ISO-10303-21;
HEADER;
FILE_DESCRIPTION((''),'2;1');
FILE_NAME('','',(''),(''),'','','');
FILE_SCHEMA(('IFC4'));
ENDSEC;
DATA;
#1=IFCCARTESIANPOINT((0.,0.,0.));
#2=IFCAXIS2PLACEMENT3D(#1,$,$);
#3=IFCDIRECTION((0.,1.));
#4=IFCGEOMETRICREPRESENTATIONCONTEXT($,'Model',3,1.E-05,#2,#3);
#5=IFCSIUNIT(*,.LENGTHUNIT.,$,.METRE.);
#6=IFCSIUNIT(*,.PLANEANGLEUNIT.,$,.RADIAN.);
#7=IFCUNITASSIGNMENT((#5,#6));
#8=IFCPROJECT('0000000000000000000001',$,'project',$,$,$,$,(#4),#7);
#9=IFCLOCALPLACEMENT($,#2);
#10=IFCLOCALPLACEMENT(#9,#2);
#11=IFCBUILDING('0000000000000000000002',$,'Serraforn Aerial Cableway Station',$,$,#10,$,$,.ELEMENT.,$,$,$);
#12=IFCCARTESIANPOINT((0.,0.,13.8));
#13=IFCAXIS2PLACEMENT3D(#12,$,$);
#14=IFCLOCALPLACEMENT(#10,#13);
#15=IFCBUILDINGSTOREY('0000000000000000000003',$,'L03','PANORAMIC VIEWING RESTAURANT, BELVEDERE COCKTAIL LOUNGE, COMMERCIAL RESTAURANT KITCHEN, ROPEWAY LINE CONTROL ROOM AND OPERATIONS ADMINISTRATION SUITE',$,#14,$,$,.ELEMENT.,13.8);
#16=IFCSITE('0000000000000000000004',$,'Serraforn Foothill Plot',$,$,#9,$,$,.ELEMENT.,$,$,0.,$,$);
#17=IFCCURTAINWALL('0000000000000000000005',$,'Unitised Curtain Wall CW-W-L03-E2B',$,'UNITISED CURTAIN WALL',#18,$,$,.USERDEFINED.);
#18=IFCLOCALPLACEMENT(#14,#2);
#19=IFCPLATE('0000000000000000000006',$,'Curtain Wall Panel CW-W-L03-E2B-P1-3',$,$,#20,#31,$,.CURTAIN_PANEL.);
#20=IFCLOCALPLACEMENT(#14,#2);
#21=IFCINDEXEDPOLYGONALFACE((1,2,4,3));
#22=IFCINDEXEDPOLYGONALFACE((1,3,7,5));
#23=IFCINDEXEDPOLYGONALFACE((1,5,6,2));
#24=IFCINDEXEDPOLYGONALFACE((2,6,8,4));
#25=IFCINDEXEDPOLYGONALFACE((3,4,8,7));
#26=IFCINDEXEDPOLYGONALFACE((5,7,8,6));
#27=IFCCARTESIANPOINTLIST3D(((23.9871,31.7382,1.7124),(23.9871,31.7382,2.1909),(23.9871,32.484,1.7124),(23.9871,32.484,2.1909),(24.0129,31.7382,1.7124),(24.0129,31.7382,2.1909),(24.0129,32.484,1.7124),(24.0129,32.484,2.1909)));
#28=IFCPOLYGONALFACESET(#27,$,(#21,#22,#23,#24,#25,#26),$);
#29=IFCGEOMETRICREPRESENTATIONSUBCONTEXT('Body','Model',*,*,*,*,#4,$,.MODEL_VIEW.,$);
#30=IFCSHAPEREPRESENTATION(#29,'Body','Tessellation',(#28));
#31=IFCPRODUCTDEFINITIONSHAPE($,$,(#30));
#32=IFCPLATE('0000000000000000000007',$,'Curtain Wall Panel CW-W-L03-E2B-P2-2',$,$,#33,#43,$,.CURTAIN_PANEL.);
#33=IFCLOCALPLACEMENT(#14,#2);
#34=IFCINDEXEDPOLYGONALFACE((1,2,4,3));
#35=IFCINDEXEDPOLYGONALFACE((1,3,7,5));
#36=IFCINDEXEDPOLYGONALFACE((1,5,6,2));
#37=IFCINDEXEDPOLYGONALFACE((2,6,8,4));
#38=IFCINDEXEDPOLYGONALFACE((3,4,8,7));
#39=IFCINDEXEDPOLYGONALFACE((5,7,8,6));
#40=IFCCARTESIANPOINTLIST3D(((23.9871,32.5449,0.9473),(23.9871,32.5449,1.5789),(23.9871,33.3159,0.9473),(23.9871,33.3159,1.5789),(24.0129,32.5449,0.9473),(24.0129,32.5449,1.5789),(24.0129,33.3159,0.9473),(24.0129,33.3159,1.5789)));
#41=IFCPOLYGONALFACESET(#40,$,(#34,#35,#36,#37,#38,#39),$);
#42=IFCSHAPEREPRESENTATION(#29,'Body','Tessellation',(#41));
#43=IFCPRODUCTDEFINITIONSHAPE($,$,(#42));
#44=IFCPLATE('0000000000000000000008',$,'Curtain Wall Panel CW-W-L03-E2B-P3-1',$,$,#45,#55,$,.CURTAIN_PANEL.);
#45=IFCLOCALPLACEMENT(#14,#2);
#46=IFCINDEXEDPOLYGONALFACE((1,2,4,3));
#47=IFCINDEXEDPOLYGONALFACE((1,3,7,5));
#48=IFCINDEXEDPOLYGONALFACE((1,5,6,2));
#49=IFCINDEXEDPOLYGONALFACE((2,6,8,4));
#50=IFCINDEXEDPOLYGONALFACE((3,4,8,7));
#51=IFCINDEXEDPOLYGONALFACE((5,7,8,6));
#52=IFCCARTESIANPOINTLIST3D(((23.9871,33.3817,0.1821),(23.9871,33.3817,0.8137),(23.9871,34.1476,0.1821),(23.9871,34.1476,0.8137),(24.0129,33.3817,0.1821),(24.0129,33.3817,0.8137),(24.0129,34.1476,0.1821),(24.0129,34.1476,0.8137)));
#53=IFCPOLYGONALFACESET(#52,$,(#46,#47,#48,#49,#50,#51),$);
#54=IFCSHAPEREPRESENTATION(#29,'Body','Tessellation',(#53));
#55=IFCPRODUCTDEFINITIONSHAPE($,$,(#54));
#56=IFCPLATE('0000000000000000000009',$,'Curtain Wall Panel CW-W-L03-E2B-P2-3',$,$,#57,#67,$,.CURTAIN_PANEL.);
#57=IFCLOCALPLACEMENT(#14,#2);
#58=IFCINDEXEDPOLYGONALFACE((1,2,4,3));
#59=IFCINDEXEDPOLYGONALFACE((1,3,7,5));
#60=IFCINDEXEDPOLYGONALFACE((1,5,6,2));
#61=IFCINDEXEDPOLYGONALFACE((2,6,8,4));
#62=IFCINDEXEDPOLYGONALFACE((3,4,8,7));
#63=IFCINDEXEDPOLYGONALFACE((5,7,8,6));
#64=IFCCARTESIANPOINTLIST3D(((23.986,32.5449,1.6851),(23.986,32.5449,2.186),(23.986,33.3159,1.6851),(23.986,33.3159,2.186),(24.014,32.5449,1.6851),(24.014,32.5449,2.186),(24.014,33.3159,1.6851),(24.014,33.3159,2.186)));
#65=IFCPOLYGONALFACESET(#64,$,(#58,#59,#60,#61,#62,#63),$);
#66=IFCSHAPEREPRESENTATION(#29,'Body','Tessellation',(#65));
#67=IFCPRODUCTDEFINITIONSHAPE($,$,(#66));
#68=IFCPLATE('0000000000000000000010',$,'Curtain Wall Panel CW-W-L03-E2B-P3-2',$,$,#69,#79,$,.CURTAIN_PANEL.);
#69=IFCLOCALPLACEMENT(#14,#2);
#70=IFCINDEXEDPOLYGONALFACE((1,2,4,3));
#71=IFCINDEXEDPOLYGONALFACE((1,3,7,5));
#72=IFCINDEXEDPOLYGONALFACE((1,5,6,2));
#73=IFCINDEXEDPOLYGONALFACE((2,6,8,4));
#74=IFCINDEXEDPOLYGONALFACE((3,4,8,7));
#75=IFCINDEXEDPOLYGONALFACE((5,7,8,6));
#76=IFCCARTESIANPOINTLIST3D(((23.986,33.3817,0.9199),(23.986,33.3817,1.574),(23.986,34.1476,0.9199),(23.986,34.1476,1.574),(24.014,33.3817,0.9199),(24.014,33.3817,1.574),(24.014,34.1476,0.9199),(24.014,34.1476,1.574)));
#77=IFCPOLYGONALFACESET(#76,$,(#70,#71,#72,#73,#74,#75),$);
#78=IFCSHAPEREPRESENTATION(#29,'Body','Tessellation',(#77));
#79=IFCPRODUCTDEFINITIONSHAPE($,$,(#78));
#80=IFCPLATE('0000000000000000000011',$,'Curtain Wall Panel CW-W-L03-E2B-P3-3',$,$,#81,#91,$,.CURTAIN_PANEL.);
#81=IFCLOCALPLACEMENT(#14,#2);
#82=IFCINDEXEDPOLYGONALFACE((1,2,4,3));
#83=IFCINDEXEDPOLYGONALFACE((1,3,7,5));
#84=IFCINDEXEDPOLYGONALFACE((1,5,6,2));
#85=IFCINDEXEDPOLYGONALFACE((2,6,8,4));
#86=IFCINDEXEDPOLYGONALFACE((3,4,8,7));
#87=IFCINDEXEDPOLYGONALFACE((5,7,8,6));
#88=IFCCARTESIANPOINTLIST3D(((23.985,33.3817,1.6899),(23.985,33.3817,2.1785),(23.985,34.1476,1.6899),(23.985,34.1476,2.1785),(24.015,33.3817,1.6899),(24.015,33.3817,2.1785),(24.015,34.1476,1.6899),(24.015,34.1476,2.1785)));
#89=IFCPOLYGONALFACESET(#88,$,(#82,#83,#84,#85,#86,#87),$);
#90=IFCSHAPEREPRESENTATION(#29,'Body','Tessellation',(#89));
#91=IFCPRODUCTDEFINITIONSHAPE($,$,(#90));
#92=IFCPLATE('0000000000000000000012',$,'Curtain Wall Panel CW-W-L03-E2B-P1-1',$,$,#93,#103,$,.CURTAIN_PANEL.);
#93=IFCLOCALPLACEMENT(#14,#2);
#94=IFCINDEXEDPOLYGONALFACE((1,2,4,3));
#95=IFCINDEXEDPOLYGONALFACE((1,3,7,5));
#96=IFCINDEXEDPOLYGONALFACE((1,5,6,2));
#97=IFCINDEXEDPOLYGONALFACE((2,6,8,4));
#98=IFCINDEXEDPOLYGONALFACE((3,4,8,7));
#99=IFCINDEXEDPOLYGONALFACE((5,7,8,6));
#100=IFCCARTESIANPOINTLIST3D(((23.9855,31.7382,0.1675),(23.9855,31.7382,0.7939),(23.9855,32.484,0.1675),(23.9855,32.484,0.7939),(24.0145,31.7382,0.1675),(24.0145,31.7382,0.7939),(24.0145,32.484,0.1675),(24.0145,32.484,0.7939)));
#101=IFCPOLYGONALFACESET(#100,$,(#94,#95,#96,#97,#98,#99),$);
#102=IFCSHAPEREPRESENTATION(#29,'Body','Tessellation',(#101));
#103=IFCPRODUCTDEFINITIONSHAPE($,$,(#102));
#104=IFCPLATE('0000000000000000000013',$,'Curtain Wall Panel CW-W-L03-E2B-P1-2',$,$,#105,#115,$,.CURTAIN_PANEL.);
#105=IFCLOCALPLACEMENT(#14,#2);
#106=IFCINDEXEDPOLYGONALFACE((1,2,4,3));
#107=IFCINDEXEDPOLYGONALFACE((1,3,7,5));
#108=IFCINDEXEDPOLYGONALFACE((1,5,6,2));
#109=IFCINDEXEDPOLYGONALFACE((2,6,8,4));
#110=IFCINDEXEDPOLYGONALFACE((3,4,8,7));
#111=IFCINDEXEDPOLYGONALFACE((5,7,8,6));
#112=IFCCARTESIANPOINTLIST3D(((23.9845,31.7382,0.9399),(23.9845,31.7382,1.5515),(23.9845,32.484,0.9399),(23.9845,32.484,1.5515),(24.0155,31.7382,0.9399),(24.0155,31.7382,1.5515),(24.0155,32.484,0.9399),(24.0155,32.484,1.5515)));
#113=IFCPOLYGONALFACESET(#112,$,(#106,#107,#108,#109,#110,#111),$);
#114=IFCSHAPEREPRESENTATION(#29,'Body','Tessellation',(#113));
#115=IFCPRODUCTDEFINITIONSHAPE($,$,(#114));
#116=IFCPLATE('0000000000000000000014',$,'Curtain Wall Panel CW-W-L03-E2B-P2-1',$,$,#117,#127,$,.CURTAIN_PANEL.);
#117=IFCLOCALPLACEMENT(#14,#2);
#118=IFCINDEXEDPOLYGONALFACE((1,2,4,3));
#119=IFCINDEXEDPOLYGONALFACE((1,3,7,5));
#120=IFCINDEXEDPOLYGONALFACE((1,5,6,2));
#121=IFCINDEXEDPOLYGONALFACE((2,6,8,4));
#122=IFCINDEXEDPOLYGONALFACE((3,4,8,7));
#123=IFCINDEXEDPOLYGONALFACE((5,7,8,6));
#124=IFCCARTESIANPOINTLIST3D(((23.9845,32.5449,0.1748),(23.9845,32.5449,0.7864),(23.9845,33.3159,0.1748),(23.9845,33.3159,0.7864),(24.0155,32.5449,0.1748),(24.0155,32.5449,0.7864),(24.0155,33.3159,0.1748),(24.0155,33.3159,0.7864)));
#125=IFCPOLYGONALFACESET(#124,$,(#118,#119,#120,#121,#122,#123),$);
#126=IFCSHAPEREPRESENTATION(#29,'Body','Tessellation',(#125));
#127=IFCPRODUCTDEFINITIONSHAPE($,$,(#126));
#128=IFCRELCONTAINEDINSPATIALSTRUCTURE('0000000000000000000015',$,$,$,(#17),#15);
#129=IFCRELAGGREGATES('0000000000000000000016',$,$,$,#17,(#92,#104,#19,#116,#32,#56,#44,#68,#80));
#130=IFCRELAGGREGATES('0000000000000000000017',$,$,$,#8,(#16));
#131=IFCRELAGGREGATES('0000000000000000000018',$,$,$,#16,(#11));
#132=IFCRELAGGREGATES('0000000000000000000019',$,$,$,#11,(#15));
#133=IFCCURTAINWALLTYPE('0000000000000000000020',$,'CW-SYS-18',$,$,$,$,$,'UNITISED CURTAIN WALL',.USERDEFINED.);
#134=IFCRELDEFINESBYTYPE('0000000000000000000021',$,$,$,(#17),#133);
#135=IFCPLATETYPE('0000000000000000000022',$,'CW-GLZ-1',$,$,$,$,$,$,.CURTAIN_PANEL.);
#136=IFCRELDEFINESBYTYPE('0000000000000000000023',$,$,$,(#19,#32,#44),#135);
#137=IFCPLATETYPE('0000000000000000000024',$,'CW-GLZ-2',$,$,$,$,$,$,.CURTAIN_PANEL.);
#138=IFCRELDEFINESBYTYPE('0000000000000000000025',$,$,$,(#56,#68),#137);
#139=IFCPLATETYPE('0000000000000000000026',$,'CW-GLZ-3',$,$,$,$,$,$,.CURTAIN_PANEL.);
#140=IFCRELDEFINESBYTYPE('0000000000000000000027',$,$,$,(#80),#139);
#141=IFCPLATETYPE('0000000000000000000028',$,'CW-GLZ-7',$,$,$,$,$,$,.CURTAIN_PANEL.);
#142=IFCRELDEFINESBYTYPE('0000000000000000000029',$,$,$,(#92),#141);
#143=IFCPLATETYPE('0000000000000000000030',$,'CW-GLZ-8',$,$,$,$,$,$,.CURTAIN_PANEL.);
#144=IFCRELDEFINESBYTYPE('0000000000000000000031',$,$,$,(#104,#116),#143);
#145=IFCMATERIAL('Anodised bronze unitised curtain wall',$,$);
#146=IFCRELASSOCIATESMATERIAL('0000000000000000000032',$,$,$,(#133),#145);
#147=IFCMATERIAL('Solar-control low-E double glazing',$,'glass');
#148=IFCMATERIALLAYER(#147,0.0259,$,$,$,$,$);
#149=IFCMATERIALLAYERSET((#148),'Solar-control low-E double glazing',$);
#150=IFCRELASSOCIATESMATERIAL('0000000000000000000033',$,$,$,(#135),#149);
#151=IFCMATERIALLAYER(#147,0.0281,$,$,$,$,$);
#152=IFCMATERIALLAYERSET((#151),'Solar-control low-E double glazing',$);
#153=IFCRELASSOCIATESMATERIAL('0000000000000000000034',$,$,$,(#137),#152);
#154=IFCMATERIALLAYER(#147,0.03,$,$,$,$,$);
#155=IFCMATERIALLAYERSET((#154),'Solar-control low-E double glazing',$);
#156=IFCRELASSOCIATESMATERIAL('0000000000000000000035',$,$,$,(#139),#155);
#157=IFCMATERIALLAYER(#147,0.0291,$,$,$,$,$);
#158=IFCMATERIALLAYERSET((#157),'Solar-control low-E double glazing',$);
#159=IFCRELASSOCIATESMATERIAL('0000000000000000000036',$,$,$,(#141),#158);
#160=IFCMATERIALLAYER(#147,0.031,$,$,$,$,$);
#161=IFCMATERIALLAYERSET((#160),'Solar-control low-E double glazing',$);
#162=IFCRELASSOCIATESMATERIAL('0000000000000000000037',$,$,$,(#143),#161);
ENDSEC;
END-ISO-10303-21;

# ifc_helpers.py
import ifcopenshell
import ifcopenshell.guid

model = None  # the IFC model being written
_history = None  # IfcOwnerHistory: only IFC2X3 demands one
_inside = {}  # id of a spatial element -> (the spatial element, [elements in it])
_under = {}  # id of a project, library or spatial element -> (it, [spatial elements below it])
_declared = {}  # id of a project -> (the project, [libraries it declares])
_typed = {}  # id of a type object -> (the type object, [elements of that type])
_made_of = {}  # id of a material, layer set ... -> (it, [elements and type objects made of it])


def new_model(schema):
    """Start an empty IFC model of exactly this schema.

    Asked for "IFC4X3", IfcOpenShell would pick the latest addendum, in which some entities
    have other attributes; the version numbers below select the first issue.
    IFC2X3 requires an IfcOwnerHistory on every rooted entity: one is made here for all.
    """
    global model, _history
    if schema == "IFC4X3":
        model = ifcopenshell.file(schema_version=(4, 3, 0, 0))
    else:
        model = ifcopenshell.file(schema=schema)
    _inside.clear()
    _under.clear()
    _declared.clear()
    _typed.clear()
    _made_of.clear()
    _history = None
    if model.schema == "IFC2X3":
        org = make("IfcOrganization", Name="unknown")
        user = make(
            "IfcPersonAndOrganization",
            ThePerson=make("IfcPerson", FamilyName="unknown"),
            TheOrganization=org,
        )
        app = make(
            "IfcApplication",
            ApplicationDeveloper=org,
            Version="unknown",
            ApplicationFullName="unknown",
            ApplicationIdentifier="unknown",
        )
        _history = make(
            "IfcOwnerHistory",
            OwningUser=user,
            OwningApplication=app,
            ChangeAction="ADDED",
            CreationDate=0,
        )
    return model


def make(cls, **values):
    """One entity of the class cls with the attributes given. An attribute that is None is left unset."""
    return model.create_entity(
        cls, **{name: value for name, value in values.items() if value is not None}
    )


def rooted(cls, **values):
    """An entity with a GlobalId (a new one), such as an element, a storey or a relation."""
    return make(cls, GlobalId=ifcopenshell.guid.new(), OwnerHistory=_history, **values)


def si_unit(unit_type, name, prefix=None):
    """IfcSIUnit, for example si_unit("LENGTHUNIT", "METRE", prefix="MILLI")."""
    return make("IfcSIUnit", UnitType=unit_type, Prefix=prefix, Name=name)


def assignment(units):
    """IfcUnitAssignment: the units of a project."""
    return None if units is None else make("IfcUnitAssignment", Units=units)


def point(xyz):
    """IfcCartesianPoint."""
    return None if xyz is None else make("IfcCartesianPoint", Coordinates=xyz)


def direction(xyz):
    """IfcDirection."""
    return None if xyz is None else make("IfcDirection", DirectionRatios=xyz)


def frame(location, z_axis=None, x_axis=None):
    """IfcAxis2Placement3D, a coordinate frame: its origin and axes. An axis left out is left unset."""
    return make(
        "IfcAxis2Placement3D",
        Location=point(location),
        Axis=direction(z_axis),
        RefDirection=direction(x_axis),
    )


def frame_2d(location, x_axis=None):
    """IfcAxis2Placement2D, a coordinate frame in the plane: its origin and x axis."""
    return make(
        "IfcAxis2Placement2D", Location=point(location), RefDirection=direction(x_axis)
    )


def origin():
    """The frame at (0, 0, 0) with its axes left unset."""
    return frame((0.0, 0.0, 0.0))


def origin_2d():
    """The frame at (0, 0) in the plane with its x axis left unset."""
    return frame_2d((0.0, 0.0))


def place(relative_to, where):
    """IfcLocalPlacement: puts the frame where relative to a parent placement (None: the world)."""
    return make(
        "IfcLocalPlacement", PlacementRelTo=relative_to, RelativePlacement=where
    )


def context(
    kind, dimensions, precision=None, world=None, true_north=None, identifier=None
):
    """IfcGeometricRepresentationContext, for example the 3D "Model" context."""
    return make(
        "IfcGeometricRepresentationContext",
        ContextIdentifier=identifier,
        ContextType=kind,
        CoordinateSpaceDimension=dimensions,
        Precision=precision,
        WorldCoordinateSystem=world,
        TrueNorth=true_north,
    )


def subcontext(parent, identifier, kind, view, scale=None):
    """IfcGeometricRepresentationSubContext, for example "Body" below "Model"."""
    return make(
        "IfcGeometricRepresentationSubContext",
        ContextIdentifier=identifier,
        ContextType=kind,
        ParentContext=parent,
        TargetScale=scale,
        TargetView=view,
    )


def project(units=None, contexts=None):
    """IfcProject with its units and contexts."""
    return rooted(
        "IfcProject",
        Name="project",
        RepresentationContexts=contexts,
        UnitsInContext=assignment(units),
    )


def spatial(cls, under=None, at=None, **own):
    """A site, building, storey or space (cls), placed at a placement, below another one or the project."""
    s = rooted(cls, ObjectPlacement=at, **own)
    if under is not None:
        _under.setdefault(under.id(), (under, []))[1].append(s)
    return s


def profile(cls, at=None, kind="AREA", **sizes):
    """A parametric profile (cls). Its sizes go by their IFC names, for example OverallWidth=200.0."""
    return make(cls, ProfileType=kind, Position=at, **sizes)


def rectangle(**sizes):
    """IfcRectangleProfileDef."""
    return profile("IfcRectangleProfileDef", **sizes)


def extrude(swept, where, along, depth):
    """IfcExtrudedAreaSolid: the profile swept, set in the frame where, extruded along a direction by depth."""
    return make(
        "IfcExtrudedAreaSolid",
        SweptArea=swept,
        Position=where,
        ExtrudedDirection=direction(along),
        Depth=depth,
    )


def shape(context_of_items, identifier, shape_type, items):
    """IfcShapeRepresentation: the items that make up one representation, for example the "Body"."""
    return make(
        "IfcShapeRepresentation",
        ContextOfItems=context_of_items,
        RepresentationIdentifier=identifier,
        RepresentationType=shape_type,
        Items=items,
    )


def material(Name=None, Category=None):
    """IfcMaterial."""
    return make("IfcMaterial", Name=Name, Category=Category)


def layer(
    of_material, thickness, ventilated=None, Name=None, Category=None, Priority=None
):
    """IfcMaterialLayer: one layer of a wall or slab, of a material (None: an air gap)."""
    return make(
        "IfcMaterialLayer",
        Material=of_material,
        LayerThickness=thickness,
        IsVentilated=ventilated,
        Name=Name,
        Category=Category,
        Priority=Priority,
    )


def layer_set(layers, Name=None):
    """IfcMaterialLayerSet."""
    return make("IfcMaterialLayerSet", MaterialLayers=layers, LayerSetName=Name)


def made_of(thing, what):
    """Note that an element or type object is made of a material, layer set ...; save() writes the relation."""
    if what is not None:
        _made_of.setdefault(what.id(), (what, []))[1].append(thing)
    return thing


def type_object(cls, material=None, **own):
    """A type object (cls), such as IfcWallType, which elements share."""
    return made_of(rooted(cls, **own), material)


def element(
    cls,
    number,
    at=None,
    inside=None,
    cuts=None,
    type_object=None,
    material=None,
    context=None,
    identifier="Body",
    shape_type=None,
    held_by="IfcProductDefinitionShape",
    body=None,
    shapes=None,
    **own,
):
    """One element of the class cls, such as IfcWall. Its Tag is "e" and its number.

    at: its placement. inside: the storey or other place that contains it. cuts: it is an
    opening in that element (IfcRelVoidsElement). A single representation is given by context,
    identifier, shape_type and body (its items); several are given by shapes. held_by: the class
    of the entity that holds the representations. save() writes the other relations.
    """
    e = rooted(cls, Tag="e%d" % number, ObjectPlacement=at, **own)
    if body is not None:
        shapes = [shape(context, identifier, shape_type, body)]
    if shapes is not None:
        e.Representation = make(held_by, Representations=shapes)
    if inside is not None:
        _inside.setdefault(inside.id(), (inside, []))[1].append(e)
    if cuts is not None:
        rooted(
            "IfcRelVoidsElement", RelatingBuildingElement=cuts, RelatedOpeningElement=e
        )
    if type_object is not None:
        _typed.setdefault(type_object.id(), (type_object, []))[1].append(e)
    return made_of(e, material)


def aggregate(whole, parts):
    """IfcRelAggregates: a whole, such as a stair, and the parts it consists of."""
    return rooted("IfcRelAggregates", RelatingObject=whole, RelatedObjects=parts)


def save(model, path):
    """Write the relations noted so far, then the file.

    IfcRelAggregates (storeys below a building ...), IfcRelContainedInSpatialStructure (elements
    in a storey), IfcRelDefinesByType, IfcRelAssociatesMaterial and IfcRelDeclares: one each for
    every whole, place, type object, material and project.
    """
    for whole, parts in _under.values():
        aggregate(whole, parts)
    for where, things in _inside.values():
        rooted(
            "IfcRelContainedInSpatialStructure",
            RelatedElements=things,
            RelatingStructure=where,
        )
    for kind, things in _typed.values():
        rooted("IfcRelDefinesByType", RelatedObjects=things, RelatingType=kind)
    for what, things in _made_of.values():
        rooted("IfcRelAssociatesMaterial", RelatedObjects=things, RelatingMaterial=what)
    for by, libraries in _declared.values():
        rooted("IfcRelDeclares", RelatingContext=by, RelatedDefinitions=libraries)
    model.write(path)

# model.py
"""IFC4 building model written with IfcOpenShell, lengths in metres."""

from ifc_helpers import new_model, si_unit, direction, frame, origin, origin_2d, place, context, subcontext, project, spatial, rectangle, extrude, material, layer, layer_set, type_object, element, aggregate, save


model = new_model("IFC4")

# Units and contexts
model_context = context("Model", 3, precision=1e-05, world=origin(), true_north=direction((0.0, 1.0)))
body_context = subcontext(model_context, "Body", "Model", "MODEL_VIEW")
ifc_project = project(units=[si_unit("LENGTHUNIT", "METRE"), si_unit("PLANEANGLEUNIT", "RADIAN")], contexts=[model_context])

# Site, building, storey
site_placement = place(None, origin())
site = spatial("IfcSite", under=ifc_project, at=site_placement, Name="Serraforn Foothill Plot", CompositionType="ELEMENT", RefElevation=0.0)
building_placement = place(site_placement, origin())
building = spatial("IfcBuilding", under=site, at=building_placement, Name="Serraforn Aerial Cableway Station", CompositionType="ELEMENT")
storey_placement = place(building_placement, frame((0.0, 0.0, 13.8)))
storey = spatial("IfcBuildingStorey", under=building, at=storey_placement, Name="L03", Description="PANORAMIC VIEWING RESTAURANT, BELVEDERE COCKTAIL LOUNGE, COMMERCIAL RESTAURANT KITCHEN, ROPEWAY LINE CONTROL ROOM AND OPERATIONS ADMINISTRATION SUITE", CompositionType="ELEMENT", Elevation=13.8)

# Curtain wall, plates
ifc_material_1 = material(Name="Anodised bronze unitised curtain wall")
curtain_wall_type = type_object("IfcCurtainWallType", Name="CW-SYS-18", ElementType="UNITISED CURTAIN WALL", PredefinedType="USERDEFINED", material=ifc_material_1)
curtain_wall_placement = place(storey_placement, origin())
curtain_wall = element("IfcCurtainWall", 1, at=curtain_wall_placement, inside=storey, type_object=curtain_wall_type, Name="Unitised Curtain Wall CW-W-L03-E2B", ObjectType="UNITISED CURTAIN WALL", PredefinedType="USERDEFINED")
ifc_material_2 = material(Name="Solar-control low-E double glazing", Category="glass")
ifc_layer_1 = layer(ifc_material_2, 0.0259)
ifc_layer_set_1 = layer_set([ifc_layer_1], Name="Solar-control low-E double glazing")
plate_type_1 = type_object("IfcPlateType", Name="CW-GLZ-1", PredefinedType="CURTAIN_PANEL", material=ifc_layer_set_1)
plate_1_placement = place(storey_placement, frame((24.0, 32.1111, 1.7124), z_axis=(0.0, 0.0, 1.0), x_axis=(1.0, 0.0, 0.0)))
plate_1 = element("IfcPlate", 2, at=plate_1_placement, type_object=plate_type_1, Name="Curtain Wall Panel CW-W-L03-E2B-P1-3", PredefinedType="CURTAIN_PANEL", context=body_context, shape_type="SweptSolid", body=[
    extrude(rectangle(XDim=0.0259, YDim=0.7458, at=origin_2d()), origin(), (0.0, 0.0, 1.0), 0.4785),
])
plate_2_placement = place(storey_placement, frame((24.0, 32.9304, 0.9473), z_axis=(0.0, 0.0, 1.0), x_axis=(1.0, 0.0, 0.0)))
plate_2 = element("IfcPlate", 3, at=plate_2_placement, type_object=plate_type_1, Name="Curtain Wall Panel CW-W-L03-E2B-P2-2", PredefinedType="CURTAIN_PANEL", context=body_context, shape_type="SweptSolid", body=[
    extrude(rectangle(XDim=0.0259, YDim=0.771, at=origin_2d()), origin(), (0.0, 0.0, 1.0), 0.6316),
])
plate_3_placement = place(storey_placement, frame((24.0, 33.7646, 0.1821), z_axis=(0.0, 0.0, 1.0), x_axis=(1.0, 0.0, 0.0)))
plate_3 = element("IfcPlate", 4, at=plate_3_placement, type_object=plate_type_1, Name="Curtain Wall Panel CW-W-L03-E2B-P3-1", PredefinedType="CURTAIN_PANEL", context=body_context, shape_type="SweptSolid", body=[
    extrude(rectangle(XDim=0.0259, YDim=0.7659, at=origin_2d()), origin(), (0.0, 0.0, 1.0), 0.6316),
])
ifc_layer_2 = layer(ifc_material_2, 0.0281)
ifc_layer_set_2 = layer_set([ifc_layer_2], Name="Solar-control low-E double glazing")
plate_type_2 = type_object("IfcPlateType", Name="CW-GLZ-2", PredefinedType="CURTAIN_PANEL", material=ifc_layer_set_2)
plate_4_placement = place(storey_placement, frame((24.0, 32.9304, 1.6851), z_axis=(0.0, 0.0, 1.0), x_axis=(1.0, 0.0, 0.0)))
plate_4 = element("IfcPlate", 5, at=plate_4_placement, type_object=plate_type_2, Name="Curtain Wall Panel CW-W-L03-E2B-P2-3", PredefinedType="CURTAIN_PANEL", context=body_context, shape_type="SweptSolid", body=[
    extrude(rectangle(XDim=0.0281, YDim=0.771, at=origin_2d()), origin(), (0.0, 0.0, 1.0), 0.501),
])
plate_5_placement = place(storey_placement, frame((24.0, 33.7646, 0.9199), z_axis=(0.0, 0.0, 1.0), x_axis=(1.0, 0.0, 0.0)))
plate_5 = element("IfcPlate", 6, at=plate_5_placement, type_object=plate_type_2, Name="Curtain Wall Panel CW-W-L03-E2B-P3-2", PredefinedType="CURTAIN_PANEL", context=body_context, shape_type="SweptSolid", body=[
    extrude(rectangle(XDim=0.0281, YDim=0.7659, at=origin_2d()), origin(), (0.0, 0.0, 1.0), 0.6541),
])
ifc_layer_3 = layer(ifc_material_2, 0.03)
ifc_layer_set_3 = layer_set([ifc_layer_3], Name="Solar-control low-E double glazing")
plate_type_3 = type_object("IfcPlateType", Name="CW-GLZ-3", PredefinedType="CURTAIN_PANEL", material=ifc_layer_set_3)
plate_6_placement = place(storey_placement, frame((24.0, 33.7646, 1.6899), z_axis=(0.0, 0.0, 1.0), x_axis=(1.0, 0.0, 0.0)))
plate_6 = element("IfcPlate", 7, at=plate_6_placement, type_object=plate_type_3, Name="Curtain Wall Panel CW-W-L03-E2B-P3-3", PredefinedType="CURTAIN_PANEL", context=body_context, shape_type="SweptSolid", body=[
    extrude(rectangle(XDim=0.03, YDim=0.7659, at=origin_2d()), origin(), (0.0, 0.0, 1.0), 0.4885),
])
ifc_layer_4 = layer(ifc_material_2, 0.0291)
ifc_layer_set_4 = layer_set([ifc_layer_4], Name="Solar-control low-E double glazing")
plate_type_4 = type_object("IfcPlateType", Name="CW-GLZ-7", PredefinedType="CURTAIN_PANEL", material=ifc_layer_set_4)
plate_7_placement = place(storey_placement, frame((24.0, 32.1111, 0.1675), z_axis=(0.0, 0.0, 1.0), x_axis=(1.0, 0.0, 0.0)))
plate_7 = element("IfcPlate", 8, at=plate_7_placement, type_object=plate_type_4, Name="Curtain Wall Panel CW-W-L03-E2B-P1-1", PredefinedType="CURTAIN_PANEL", context=body_context, shape_type="SweptSolid", body=[
    extrude(rectangle(XDim=0.0291, YDim=0.7458, at=origin_2d()), origin(), (0.0, 0.0, 1.0), 0.6265),
])
ifc_layer_5 = layer(ifc_material_2, 0.031)
ifc_layer_set_5 = layer_set([ifc_layer_5], Name="Solar-control low-E double glazing")
plate_type_5 = type_object("IfcPlateType", Name="CW-GLZ-8", PredefinedType="CURTAIN_PANEL", material=ifc_layer_set_5)
plate_8_placement = place(storey_placement, frame((24.0, 32.1111, 0.9399), z_axis=(0.0, 0.0, 1.0), x_axis=(1.0, 0.0, 0.0)))
plate_8 = element("IfcPlate", 9, at=plate_8_placement, type_object=plate_type_5, Name="Curtain Wall Panel CW-W-L03-E2B-P1-2", PredefinedType="CURTAIN_PANEL", context=body_context, shape_type="SweptSolid", body=[
    extrude(rectangle(XDim=0.031, YDim=0.7458, at=origin_2d()), origin(), (0.0, 0.0, 1.0), 0.6116),
])
plate_9_placement = place(storey_placement, frame((24.0, 32.9304, 0.1748), z_axis=(0.0, 0.0, 1.0), x_axis=(1.0, 0.0, 0.0)))
plate_9 = element("IfcPlate", 10, at=plate_9_placement, type_object=plate_type_5, Name="Curtain Wall Panel CW-W-L03-E2B-P2-1", PredefinedType="CURTAIN_PANEL", context=body_context, shape_type="SweptSolid", body=[
    extrude(rectangle(XDim=0.031, YDim=0.771, at=origin_2d()), origin(), (0.0, 0.0, 1.0), 0.6116),
])
aggregate(curtain_wall, [plate_7, plate_8, plate_1, plate_9, plate_2, plate_4, plate_3, plate_5, plate_6])

save(model, "model.ifc")
